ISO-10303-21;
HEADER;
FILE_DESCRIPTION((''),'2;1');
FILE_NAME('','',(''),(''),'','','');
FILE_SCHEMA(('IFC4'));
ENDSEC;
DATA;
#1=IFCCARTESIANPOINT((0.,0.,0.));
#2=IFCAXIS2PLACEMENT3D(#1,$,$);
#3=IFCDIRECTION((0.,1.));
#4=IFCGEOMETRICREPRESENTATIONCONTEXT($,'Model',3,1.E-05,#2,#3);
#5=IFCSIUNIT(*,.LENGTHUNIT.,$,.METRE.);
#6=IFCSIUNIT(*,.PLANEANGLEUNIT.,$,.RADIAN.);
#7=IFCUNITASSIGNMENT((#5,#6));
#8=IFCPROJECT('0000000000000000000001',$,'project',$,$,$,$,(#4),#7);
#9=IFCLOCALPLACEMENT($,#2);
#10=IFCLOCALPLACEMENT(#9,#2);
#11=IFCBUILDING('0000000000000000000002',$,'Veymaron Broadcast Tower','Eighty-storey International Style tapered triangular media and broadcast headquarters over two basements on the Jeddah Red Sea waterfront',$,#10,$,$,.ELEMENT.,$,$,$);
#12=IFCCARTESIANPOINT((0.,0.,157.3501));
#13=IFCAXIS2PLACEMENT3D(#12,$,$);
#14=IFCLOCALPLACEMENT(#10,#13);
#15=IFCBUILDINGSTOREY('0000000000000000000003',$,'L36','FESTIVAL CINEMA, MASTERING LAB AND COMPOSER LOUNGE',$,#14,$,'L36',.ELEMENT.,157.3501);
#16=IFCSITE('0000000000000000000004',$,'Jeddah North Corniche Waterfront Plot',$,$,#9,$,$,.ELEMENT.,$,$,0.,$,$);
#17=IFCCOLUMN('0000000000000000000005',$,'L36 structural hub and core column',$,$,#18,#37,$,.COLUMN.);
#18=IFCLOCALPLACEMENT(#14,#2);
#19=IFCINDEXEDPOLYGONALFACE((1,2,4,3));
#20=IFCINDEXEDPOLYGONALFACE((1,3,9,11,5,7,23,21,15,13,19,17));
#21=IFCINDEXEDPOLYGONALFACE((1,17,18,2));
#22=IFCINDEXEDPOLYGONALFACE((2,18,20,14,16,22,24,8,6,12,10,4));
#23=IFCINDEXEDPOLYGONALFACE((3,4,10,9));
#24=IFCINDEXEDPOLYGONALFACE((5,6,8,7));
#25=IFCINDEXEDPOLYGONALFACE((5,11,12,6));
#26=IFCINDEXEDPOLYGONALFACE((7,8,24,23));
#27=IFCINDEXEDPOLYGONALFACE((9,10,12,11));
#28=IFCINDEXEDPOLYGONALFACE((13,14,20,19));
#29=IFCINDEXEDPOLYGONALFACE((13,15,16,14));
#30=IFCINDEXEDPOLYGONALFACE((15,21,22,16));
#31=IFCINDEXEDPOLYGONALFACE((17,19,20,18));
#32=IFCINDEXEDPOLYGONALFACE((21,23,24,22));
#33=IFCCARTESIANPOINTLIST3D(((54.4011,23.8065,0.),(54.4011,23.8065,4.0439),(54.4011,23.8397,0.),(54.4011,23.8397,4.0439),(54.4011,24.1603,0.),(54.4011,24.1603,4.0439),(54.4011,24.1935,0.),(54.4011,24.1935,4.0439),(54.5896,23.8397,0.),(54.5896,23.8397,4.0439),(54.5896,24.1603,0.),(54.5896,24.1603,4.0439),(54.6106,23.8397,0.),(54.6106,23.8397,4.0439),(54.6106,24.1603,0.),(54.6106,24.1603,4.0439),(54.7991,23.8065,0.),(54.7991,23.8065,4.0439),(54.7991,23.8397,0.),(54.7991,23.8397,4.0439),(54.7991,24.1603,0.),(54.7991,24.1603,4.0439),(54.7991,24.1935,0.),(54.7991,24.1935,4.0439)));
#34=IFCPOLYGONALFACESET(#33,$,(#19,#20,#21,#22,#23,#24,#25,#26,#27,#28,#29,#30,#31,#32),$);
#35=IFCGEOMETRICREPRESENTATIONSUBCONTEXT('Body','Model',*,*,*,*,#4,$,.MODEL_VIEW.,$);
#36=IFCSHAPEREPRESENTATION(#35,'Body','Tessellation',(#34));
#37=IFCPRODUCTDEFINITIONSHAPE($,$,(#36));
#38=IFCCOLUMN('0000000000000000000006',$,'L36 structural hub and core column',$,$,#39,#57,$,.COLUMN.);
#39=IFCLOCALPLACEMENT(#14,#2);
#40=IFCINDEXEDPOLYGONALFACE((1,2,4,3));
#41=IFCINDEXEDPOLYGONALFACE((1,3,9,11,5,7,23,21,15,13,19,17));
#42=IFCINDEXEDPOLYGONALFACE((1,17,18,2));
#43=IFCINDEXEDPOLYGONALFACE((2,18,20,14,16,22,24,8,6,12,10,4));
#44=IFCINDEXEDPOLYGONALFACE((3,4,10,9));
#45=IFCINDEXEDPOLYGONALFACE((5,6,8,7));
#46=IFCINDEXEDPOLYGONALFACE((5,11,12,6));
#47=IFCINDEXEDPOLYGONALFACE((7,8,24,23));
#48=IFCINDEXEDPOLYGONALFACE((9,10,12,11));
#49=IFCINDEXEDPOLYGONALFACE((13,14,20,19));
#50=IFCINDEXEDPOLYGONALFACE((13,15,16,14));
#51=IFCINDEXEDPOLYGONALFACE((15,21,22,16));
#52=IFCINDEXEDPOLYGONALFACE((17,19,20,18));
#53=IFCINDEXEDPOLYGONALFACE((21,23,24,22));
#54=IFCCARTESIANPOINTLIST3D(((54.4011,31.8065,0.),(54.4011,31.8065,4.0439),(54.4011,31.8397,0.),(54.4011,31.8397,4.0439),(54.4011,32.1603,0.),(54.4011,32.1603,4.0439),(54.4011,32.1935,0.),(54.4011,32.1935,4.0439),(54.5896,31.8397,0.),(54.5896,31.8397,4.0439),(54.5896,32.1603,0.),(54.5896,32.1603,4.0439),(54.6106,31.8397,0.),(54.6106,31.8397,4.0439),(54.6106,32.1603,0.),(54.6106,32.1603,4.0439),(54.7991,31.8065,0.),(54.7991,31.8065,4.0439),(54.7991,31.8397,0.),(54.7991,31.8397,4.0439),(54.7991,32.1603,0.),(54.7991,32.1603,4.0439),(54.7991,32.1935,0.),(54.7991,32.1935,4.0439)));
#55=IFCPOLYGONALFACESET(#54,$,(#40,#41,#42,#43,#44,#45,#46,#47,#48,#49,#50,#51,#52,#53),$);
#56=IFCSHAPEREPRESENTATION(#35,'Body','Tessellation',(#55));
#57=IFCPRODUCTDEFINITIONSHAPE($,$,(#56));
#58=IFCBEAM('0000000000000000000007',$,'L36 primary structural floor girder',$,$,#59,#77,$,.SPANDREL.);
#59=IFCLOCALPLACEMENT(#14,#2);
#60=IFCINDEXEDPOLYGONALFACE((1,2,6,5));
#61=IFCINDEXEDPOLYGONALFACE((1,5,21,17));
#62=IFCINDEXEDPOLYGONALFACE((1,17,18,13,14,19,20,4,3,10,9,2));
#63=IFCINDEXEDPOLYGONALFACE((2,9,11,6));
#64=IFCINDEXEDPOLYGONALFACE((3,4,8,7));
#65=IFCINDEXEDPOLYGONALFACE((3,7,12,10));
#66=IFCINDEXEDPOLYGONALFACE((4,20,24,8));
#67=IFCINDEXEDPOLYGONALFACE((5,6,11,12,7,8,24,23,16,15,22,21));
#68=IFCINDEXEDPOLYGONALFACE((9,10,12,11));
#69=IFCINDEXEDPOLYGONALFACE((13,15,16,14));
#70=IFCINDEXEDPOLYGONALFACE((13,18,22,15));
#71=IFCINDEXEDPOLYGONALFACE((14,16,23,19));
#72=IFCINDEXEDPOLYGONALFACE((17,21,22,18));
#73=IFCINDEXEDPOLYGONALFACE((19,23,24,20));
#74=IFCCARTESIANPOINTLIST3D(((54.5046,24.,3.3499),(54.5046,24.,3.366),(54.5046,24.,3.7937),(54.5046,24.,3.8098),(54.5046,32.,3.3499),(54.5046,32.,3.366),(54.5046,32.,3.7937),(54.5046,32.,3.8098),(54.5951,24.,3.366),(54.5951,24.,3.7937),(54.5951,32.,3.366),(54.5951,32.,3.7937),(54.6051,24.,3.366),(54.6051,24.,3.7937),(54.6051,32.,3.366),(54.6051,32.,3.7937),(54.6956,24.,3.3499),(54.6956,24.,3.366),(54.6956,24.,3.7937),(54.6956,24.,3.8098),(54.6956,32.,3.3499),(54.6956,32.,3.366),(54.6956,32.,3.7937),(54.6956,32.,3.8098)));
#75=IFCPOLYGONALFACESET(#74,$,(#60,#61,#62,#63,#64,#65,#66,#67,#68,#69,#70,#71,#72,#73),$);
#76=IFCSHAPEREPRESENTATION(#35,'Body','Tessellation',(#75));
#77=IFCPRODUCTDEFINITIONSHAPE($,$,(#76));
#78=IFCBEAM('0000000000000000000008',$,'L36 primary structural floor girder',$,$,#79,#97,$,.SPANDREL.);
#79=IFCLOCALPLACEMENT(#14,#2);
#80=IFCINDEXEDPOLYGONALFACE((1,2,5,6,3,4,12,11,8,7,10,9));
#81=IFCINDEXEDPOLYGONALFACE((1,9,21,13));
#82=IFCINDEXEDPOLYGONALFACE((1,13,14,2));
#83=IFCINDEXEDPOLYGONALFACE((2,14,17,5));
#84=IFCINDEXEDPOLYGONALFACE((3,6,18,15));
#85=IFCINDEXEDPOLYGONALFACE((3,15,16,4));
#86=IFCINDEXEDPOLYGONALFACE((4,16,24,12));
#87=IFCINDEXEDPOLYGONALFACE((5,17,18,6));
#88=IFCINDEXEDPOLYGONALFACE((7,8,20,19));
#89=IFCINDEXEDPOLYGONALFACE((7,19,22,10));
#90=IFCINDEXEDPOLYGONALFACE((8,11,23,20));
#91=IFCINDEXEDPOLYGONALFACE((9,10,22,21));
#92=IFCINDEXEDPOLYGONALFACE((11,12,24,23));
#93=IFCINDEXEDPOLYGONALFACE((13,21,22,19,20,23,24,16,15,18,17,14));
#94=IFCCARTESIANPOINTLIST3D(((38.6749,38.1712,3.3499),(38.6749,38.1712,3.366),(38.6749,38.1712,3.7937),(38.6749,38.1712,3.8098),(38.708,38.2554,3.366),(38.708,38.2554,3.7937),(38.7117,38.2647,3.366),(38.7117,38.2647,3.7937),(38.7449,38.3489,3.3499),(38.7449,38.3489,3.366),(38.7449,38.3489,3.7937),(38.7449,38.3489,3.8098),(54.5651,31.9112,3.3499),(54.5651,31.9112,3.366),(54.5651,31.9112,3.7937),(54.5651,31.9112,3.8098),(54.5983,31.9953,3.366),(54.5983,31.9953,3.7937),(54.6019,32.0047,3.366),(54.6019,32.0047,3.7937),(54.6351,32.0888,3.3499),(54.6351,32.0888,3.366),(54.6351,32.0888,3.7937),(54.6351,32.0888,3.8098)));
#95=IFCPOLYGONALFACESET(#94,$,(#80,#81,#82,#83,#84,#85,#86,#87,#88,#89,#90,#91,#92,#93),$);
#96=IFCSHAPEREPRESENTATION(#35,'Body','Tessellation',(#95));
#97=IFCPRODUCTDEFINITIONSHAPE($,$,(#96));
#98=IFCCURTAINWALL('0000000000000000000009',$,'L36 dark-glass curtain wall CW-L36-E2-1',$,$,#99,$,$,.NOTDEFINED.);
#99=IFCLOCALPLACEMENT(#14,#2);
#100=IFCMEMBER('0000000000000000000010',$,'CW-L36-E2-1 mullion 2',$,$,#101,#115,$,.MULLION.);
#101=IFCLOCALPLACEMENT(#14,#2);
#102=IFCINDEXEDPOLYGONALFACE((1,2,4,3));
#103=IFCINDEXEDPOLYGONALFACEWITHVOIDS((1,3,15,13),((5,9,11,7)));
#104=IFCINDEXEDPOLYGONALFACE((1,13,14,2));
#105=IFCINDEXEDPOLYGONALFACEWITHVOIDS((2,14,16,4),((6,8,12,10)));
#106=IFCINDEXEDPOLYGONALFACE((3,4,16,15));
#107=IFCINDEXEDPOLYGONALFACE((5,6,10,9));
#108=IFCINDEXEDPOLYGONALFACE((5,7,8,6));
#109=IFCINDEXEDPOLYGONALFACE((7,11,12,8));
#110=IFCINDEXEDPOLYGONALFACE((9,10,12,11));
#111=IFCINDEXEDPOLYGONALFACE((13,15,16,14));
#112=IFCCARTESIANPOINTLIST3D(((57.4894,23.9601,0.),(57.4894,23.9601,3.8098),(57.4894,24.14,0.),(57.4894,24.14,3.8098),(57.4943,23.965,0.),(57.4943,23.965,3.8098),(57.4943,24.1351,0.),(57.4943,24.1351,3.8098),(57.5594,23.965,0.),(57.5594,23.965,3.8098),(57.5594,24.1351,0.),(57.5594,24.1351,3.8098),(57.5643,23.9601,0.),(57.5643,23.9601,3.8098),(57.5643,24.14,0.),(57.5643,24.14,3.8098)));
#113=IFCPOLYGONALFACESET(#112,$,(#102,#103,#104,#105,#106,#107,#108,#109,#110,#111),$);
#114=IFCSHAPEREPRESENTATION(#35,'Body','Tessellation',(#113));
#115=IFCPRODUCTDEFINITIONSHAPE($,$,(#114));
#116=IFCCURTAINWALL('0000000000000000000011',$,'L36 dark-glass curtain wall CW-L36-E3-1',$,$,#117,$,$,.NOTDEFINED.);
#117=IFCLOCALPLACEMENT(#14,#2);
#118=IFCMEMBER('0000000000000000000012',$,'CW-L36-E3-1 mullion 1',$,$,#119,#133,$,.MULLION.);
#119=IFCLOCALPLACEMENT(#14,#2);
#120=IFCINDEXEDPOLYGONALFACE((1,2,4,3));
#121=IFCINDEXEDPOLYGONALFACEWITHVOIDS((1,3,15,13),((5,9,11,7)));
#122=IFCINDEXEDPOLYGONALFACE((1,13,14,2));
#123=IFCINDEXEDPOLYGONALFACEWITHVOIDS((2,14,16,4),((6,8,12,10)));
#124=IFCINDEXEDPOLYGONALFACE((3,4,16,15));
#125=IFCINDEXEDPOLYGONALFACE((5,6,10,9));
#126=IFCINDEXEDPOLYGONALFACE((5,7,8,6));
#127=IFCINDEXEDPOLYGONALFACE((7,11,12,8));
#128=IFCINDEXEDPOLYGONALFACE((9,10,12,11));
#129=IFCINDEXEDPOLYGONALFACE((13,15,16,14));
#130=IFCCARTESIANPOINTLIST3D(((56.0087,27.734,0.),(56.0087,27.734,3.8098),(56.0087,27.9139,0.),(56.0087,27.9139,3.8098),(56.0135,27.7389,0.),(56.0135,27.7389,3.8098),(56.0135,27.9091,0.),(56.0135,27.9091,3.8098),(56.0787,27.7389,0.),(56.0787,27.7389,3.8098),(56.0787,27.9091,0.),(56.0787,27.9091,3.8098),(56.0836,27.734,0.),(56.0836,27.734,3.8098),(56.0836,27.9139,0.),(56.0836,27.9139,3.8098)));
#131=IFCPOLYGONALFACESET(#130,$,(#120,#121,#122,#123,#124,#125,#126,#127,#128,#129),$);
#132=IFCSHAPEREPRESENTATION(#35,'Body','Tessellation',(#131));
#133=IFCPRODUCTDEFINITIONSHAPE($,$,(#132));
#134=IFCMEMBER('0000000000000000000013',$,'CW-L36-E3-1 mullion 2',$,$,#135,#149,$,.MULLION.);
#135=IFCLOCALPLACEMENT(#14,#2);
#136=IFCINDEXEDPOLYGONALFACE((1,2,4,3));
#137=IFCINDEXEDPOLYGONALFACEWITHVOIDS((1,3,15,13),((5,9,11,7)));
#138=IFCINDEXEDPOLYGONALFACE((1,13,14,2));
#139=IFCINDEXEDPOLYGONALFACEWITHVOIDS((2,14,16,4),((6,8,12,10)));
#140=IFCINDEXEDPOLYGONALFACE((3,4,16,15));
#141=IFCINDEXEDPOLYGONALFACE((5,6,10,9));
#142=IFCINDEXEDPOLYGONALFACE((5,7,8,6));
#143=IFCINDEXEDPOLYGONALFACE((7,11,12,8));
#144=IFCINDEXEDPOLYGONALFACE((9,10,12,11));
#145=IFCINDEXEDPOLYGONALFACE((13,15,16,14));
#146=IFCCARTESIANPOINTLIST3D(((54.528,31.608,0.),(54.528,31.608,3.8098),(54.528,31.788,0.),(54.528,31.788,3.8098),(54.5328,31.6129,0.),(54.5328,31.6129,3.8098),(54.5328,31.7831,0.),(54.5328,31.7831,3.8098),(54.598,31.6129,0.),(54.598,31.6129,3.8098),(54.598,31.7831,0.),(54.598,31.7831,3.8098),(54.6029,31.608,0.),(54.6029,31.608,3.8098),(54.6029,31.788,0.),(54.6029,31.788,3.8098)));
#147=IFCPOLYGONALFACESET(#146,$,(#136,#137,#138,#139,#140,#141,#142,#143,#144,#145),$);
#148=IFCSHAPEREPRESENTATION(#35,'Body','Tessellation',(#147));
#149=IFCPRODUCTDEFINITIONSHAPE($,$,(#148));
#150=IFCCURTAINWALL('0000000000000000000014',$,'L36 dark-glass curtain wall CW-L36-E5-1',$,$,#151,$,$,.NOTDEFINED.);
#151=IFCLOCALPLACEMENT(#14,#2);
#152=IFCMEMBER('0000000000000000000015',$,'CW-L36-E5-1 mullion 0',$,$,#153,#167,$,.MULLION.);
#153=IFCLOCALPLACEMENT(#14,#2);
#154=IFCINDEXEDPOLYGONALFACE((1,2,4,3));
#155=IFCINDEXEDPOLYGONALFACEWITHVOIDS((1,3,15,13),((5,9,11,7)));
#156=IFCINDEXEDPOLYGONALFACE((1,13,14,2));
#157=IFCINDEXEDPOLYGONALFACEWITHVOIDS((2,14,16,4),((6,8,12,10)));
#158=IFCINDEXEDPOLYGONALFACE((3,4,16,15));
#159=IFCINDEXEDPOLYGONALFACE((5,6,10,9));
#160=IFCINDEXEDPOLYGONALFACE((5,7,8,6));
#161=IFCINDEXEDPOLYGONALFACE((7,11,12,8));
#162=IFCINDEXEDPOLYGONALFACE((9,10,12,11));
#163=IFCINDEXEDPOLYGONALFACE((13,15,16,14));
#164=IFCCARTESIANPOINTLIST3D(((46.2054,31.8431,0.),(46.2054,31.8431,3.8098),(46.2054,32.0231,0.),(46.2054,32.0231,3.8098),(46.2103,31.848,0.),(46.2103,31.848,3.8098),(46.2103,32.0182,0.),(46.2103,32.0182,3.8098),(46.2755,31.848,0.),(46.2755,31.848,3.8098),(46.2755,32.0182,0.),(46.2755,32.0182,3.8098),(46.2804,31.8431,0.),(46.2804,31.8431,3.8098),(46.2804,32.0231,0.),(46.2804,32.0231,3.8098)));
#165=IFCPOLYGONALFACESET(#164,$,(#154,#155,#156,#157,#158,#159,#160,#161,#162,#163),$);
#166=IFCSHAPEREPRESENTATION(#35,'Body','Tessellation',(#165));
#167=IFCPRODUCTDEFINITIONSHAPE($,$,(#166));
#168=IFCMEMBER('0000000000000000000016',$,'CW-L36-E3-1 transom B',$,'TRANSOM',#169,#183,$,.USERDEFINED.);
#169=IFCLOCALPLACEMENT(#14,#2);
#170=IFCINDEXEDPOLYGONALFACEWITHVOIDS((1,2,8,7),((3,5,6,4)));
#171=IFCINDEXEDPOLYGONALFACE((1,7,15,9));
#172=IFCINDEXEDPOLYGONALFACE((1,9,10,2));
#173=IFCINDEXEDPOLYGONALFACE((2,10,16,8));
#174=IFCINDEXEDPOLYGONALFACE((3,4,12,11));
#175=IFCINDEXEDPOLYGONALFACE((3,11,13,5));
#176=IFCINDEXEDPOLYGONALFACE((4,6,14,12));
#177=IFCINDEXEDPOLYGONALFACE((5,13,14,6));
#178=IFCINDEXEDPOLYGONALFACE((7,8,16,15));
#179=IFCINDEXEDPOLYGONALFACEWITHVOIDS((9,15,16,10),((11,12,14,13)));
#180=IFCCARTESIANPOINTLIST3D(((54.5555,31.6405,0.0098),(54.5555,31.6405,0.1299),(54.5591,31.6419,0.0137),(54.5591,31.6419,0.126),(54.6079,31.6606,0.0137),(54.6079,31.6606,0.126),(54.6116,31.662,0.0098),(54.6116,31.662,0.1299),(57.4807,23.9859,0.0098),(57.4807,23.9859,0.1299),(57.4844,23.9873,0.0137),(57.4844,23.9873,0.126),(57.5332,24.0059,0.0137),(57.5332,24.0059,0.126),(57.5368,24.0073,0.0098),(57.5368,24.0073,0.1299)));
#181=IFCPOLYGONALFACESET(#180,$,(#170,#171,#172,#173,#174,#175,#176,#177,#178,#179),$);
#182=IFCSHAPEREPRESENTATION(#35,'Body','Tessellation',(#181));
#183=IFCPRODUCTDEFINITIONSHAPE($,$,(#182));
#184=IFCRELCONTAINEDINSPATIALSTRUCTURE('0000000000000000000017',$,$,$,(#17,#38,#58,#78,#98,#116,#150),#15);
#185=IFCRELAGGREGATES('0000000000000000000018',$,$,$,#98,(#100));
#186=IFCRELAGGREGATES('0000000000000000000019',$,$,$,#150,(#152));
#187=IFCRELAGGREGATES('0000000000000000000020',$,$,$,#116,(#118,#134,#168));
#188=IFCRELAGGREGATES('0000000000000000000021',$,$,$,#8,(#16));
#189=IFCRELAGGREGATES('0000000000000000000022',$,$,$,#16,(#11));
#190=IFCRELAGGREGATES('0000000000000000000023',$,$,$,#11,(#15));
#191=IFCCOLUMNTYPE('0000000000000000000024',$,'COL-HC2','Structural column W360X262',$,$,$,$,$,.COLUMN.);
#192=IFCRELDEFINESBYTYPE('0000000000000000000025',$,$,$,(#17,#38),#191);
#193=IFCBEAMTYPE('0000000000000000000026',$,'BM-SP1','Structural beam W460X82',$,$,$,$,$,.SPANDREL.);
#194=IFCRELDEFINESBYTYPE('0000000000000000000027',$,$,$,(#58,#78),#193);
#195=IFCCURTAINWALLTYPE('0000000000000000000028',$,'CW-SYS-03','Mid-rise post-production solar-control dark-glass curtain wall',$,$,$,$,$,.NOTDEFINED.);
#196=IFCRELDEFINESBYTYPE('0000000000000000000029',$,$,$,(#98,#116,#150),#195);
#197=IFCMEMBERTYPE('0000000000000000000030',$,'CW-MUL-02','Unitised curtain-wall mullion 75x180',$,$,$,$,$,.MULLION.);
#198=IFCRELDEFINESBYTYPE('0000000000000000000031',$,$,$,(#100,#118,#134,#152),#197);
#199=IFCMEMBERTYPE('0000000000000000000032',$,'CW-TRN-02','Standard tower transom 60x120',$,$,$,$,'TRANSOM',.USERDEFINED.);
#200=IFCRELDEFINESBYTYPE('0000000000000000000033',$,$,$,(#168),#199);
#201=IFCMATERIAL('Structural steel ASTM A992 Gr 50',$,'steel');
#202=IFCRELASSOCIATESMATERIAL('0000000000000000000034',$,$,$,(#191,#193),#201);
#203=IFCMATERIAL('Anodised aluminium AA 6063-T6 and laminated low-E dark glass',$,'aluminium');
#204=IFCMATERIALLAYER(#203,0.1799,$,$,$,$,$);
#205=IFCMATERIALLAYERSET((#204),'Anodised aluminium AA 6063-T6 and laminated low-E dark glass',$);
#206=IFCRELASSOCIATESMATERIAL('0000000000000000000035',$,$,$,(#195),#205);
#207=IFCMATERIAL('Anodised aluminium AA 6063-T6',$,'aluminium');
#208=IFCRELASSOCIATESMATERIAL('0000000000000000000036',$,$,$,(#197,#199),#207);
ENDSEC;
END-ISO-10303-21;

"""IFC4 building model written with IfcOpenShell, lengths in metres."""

from ifc_helpers import new_model, si_unit, direction, frame, origin, origin_2d, place, context, subcontext, project, spatial, hollow_rectangle, i_section, extrude, material, layer, layer_set, material_profile, profile_set, type_object, element, aggregate, save


model = new_model("IFC4")

# Units and contexts
model_context = context("Model", 3, precision=1e-05, world=origin(), true_north=direction((0.0, 1.0)))
body_context = subcontext(model_context, "Body", "Model", "MODEL_VIEW")
ifc_project = project(units=[si_unit("LENGTHUNIT", "METRE"), si_unit("PLANEANGLEUNIT", "RADIAN")], contexts=[model_context])

# Site, building, storey
site_placement = place(None, origin())
site = spatial("IfcSite", under=ifc_project, at=site_placement, Name="Jeddah North Corniche Waterfront Plot", CompositionType="ELEMENT", RefElevation=0.0)
building_placement = place(site_placement, origin())
building = spatial("IfcBuilding", under=site, at=building_placement, Name="Veymaron Broadcast Tower", Description="Eighty-storey International Style tapered triangular media and broadcast headquarters over two basements on the Jeddah Red Sea waterfront", CompositionType="ELEMENT")
storey_placement = place(building_placement, frame((0.0, 0.0, 157.3501)))
storey = spatial("IfcBuildingStorey", under=building, at=storey_placement, Name="L36", Description="FESTIVAL CINEMA, MASTERING LAB AND COMPOSER LOUNGE", LongName="L36", CompositionType="ELEMENT", Elevation=157.3501)

# Columns
ifc_material_1 = material(Name="Structural steel ASTM A992 Gr 50", Category="steel")
ifc_material_profile_1 = material_profile(ifc_material_1, i_section(OverallWidth=0.3979, OverallDepth=0.387, WebThickness=0.021, FlangeThickness=0.0332, at=origin_2d()), Name="W360X262")
ifc_profile_set_1 = profile_set([ifc_material_profile_1], Name="Structural steel ASTM A992 Gr 50")
column_type = type_object("IfcColumnType", Name="COL-HC2", Description="Structural column W360X262", PredefinedType="COLUMN", material=ifc_profile_set_1)
for number, where, z_axis, x_axis, name in (
    (1, (54.6001, 24.0, 0.0), (0.0, 0.0, 1.0), (1.0, 0.0, 0.0), "L36 structural hub and core column"),
    (2, (54.6001, 32.0, 0.0), (0.0, 0.0, 1.0), (1.0, 0.0, 0.0), "L36 structural hub and core column"),
):
    element("IfcColumn", number, at=place(storey_placement, frame(where, z_axis=z_axis, x_axis=x_axis)), inside=storey, type_object=column_type, Name=name, PredefinedType="COLUMN", context=body_context, shape_type="SweptSolid", body=[
        extrude(i_section(OverallWidth=0.3979, OverallDepth=0.387, WebThickness=0.021, FlangeThickness=0.0332, at=origin_2d()), origin(), (0.0, 0.0, 1.0), 4.0439),
    ])

# Beams
ifc_material_profile_2 = material_profile(ifc_material_1, i_section(OverallWidth=0.1909, OverallDepth=0.46, WebThickness=0.01, FlangeThickness=0.0161, at=origin_2d()), Name="W460X82")
ifc_profile_set_2 = profile_set([ifc_material_profile_2], Name="Structural steel ASTM A992 Gr 50")
beam_type = type_object("IfcBeamType", Name="BM-SP1", Description="Structural beam W460X82", PredefinedType="SPANDREL", material=ifc_profile_set_2)
beam_1_placement = place(storey_placement, frame((54.6001, 24.0, 3.5798), z_axis=(0.0, 1.0, 0.0), x_axis=(-1.0, 0.0, 0.0)))
element("IfcBeam", 3, at=beam_1_placement, inside=storey, type_object=beam_type, Name="L36 primary structural floor girder", PredefinedType="SPANDREL", context=body_context, shape_type="SweptSolid", body=[
    extrude(i_section(OverallWidth=0.1909, OverallDepth=0.46, WebThickness=0.01, FlangeThickness=0.0161, at=origin_2d()), origin(), (0.0, 0.0, 1.0), 8.0),
])
beam_2_placement = place(storey_placement, frame((54.6001, 32.0, 3.5798), z_axis=(-0.930403, 0.366538, 0.0), x_axis=(-0.366538, -0.930403, 0.0)))
element("IfcBeam", 4, at=beam_2_placement, inside=storey, type_object=beam_type, Name="L36 primary structural floor girder", PredefinedType="SPANDREL", context=body_context, shape_type="SweptSolid", body=[
    extrude(i_section(OverallWidth=0.1909, OverallDepth=0.46, WebThickness=0.01, FlangeThickness=0.0161, at=origin_2d()), origin(), (0.0, 0.0, 1.0), 17.0789),
])

# Curtain wall, member
ifc_material_2 = material(Name="Anodised aluminium AA 6063-T6 and laminated low-E dark glass", Category="aluminium")
ifc_layer_1 = layer(ifc_material_2, 0.1799)
ifc_layer_set_1 = layer_set([ifc_layer_1], Name="Anodised aluminium AA 6063-T6 and laminated low-E dark glass")
curtain_wall_type = type_object("IfcCurtainWallType", Name="CW-SYS-03", Description="Mid-rise post-production solar-control dark-glass curtain wall", PredefinedType="NOTDEFINED", material=ifc_layer_set_1)
curtain_wall_1_placement = place(storey_placement, origin())
curtain_wall_1 = element("IfcCurtainWall", 5, at=curtain_wall_1_placement, inside=storey, type_object=curtain_wall_type, Name="L36 dark-glass curtain wall CW-L36-E2-1", PredefinedType="NOTDEFINED")
ifc_material_3 = material(Name="Anodised aluminium AA 6063-T6", Category="aluminium")
ifc_material_profile_3 = material_profile(ifc_material_3, hollow_rectangle(XDim=0.075, YDim=0.1799, WallThickness=0.0049, at=origin_2d()), Name="AL180X75X5")
ifc_profile_set_3 = profile_set([ifc_material_profile_3], Name="Anodised aluminium AA 6063-T6")
member_type_1 = type_object("IfcMemberType", Name="CW-MUL-02", Description="Unitised curtain-wall mullion 75x180", PredefinedType="MULLION", material=ifc_profile_set_3)
member_1_placement = place(storey_placement, frame((57.5269, 24.05, 0.0), z_axis=(0.0, 0.0, 1.0), x_axis=(1.0, 0.0, 0.0)))
member_1 = element("IfcMember", 6, at=member_1_placement, type_object=member_type_1, Name="CW-L36-E2-1 mullion 2", PredefinedType="MULLION", context=body_context, shape_type="SweptSolid", body=[
    extrude(hollow_rectangle(XDim=0.075, YDim=0.1799, WallThickness=0.0049, at=origin_2d()), origin(), (0.0, 0.0, 1.0), 3.8098),
])
aggregate(curtain_wall_1, [member_1])

# Curtain wall, members
curtain_wall_2_placement = place(storey_placement, origin())
curtain_wall_2 = element("IfcCurtainWall", 7, at=curtain_wall_2_placement, inside=storey, type_object=curtain_wall_type, Name="L36 dark-glass curtain wall CW-L36-E3-1", PredefinedType="NOTDEFINED")
member_2_placement = place(storey_placement, frame((56.0461, 27.824, 0.0), z_axis=(0.0, 0.0, 1.0), x_axis=(1.0, 0.0, 0.0)))
member_2 = element("IfcMember", 8, at=member_2_placement, type_object=member_type_1, Name="CW-L36-E3-1 mullion 1", PredefinedType="MULLION", context=body_context, shape_type="SweptSolid", body=[
    extrude(hollow_rectangle(XDim=0.075, YDim=0.1799, WallThickness=0.0049, at=origin_2d()), origin(), (0.0, 0.0, 1.0), 3.8098),
])
member_3_placement = place(storey_placement, frame((54.5654, 31.698, 0.0), z_axis=(0.0, 0.0, 1.0), x_axis=(1.0, 0.0, 0.0)))
member_3 = element("IfcMember", 9, at=member_3_placement, type_object=member_type_1, Name="CW-L36-E3-1 mullion 2", PredefinedType="MULLION", context=body_context, shape_type="SweptSolid", body=[
    extrude(hollow_rectangle(XDim=0.075, YDim=0.1799, WallThickness=0.0049, at=origin_2d()), origin(), (0.0, 0.0, 1.0), 3.8098),
])

# Curtain wall, member
curtain_wall_3_placement = place(storey_placement, origin())
curtain_wall_3 = element("IfcCurtainWall", 10, at=curtain_wall_3_placement, inside=storey, type_object=curtain_wall_type, Name="L36 dark-glass curtain wall CW-L36-E5-1", PredefinedType="NOTDEFINED")
member_4_placement = place(storey_placement, frame((46.2429, 31.9331, 0.0), z_axis=(0.0, 0.0, 1.0), x_axis=(1.0, 0.0, 0.0)))
member_4 = element("IfcMember", 11, at=member_4_placement, type_object=member_type_1, Name="CW-L36-E5-1 mullion 0", PredefinedType="MULLION", context=body_context, shape_type="SweptSolid", body=[
    extrude(hollow_rectangle(XDim=0.075, YDim=0.1799, WallThickness=0.0049, at=origin_2d()), origin(), (0.0, 0.0, 1.0), 3.8098),
])

# Member
ifc_material_profile_4 = material_profile(ifc_material_3, hollow_rectangle(XDim=0.0601, YDim=0.1201, WallThickness=0.0039, at=origin_2d()), Name="AL120X60X4")
ifc_profile_set_4 = profile_set([ifc_material_profile_4], Name="Anodised aluminium AA 6063-T6")
member_type_2 = type_object("IfcMemberType", Name="CW-TRN-02", Description="Standard tower transom 60x120", ElementType="TRANSOM", PredefinedType="USERDEFINED", material=ifc_profile_set_4)
member_5_placement = place(storey_placement, frame((57.5088, 23.9966, 0.0698), z_axis=(-0.356974, 0.934114, 0.0), x_axis=(-0.934114, -0.356974, 0.0)))
member_5 = element("IfcMember", 12, at=member_5_placement, type_object=member_type_2, Name="CW-L36-E3-1 transom B", ObjectType="TRANSOM", PredefinedType="USERDEFINED", context=body_context, shape_type="SweptSolid", body=[
    extrude(hollow_rectangle(XDim=0.0601, YDim=0.1201, WallThickness=0.0039, at=origin_2d()), origin(), (0.0, 0.0, 1.0), 8.1946),
])
aggregate(curtain_wall_3, [member_4])

aggregate(curtain_wall_2, [member_2, member_3, member_5])

save(model, "model.ifc")
